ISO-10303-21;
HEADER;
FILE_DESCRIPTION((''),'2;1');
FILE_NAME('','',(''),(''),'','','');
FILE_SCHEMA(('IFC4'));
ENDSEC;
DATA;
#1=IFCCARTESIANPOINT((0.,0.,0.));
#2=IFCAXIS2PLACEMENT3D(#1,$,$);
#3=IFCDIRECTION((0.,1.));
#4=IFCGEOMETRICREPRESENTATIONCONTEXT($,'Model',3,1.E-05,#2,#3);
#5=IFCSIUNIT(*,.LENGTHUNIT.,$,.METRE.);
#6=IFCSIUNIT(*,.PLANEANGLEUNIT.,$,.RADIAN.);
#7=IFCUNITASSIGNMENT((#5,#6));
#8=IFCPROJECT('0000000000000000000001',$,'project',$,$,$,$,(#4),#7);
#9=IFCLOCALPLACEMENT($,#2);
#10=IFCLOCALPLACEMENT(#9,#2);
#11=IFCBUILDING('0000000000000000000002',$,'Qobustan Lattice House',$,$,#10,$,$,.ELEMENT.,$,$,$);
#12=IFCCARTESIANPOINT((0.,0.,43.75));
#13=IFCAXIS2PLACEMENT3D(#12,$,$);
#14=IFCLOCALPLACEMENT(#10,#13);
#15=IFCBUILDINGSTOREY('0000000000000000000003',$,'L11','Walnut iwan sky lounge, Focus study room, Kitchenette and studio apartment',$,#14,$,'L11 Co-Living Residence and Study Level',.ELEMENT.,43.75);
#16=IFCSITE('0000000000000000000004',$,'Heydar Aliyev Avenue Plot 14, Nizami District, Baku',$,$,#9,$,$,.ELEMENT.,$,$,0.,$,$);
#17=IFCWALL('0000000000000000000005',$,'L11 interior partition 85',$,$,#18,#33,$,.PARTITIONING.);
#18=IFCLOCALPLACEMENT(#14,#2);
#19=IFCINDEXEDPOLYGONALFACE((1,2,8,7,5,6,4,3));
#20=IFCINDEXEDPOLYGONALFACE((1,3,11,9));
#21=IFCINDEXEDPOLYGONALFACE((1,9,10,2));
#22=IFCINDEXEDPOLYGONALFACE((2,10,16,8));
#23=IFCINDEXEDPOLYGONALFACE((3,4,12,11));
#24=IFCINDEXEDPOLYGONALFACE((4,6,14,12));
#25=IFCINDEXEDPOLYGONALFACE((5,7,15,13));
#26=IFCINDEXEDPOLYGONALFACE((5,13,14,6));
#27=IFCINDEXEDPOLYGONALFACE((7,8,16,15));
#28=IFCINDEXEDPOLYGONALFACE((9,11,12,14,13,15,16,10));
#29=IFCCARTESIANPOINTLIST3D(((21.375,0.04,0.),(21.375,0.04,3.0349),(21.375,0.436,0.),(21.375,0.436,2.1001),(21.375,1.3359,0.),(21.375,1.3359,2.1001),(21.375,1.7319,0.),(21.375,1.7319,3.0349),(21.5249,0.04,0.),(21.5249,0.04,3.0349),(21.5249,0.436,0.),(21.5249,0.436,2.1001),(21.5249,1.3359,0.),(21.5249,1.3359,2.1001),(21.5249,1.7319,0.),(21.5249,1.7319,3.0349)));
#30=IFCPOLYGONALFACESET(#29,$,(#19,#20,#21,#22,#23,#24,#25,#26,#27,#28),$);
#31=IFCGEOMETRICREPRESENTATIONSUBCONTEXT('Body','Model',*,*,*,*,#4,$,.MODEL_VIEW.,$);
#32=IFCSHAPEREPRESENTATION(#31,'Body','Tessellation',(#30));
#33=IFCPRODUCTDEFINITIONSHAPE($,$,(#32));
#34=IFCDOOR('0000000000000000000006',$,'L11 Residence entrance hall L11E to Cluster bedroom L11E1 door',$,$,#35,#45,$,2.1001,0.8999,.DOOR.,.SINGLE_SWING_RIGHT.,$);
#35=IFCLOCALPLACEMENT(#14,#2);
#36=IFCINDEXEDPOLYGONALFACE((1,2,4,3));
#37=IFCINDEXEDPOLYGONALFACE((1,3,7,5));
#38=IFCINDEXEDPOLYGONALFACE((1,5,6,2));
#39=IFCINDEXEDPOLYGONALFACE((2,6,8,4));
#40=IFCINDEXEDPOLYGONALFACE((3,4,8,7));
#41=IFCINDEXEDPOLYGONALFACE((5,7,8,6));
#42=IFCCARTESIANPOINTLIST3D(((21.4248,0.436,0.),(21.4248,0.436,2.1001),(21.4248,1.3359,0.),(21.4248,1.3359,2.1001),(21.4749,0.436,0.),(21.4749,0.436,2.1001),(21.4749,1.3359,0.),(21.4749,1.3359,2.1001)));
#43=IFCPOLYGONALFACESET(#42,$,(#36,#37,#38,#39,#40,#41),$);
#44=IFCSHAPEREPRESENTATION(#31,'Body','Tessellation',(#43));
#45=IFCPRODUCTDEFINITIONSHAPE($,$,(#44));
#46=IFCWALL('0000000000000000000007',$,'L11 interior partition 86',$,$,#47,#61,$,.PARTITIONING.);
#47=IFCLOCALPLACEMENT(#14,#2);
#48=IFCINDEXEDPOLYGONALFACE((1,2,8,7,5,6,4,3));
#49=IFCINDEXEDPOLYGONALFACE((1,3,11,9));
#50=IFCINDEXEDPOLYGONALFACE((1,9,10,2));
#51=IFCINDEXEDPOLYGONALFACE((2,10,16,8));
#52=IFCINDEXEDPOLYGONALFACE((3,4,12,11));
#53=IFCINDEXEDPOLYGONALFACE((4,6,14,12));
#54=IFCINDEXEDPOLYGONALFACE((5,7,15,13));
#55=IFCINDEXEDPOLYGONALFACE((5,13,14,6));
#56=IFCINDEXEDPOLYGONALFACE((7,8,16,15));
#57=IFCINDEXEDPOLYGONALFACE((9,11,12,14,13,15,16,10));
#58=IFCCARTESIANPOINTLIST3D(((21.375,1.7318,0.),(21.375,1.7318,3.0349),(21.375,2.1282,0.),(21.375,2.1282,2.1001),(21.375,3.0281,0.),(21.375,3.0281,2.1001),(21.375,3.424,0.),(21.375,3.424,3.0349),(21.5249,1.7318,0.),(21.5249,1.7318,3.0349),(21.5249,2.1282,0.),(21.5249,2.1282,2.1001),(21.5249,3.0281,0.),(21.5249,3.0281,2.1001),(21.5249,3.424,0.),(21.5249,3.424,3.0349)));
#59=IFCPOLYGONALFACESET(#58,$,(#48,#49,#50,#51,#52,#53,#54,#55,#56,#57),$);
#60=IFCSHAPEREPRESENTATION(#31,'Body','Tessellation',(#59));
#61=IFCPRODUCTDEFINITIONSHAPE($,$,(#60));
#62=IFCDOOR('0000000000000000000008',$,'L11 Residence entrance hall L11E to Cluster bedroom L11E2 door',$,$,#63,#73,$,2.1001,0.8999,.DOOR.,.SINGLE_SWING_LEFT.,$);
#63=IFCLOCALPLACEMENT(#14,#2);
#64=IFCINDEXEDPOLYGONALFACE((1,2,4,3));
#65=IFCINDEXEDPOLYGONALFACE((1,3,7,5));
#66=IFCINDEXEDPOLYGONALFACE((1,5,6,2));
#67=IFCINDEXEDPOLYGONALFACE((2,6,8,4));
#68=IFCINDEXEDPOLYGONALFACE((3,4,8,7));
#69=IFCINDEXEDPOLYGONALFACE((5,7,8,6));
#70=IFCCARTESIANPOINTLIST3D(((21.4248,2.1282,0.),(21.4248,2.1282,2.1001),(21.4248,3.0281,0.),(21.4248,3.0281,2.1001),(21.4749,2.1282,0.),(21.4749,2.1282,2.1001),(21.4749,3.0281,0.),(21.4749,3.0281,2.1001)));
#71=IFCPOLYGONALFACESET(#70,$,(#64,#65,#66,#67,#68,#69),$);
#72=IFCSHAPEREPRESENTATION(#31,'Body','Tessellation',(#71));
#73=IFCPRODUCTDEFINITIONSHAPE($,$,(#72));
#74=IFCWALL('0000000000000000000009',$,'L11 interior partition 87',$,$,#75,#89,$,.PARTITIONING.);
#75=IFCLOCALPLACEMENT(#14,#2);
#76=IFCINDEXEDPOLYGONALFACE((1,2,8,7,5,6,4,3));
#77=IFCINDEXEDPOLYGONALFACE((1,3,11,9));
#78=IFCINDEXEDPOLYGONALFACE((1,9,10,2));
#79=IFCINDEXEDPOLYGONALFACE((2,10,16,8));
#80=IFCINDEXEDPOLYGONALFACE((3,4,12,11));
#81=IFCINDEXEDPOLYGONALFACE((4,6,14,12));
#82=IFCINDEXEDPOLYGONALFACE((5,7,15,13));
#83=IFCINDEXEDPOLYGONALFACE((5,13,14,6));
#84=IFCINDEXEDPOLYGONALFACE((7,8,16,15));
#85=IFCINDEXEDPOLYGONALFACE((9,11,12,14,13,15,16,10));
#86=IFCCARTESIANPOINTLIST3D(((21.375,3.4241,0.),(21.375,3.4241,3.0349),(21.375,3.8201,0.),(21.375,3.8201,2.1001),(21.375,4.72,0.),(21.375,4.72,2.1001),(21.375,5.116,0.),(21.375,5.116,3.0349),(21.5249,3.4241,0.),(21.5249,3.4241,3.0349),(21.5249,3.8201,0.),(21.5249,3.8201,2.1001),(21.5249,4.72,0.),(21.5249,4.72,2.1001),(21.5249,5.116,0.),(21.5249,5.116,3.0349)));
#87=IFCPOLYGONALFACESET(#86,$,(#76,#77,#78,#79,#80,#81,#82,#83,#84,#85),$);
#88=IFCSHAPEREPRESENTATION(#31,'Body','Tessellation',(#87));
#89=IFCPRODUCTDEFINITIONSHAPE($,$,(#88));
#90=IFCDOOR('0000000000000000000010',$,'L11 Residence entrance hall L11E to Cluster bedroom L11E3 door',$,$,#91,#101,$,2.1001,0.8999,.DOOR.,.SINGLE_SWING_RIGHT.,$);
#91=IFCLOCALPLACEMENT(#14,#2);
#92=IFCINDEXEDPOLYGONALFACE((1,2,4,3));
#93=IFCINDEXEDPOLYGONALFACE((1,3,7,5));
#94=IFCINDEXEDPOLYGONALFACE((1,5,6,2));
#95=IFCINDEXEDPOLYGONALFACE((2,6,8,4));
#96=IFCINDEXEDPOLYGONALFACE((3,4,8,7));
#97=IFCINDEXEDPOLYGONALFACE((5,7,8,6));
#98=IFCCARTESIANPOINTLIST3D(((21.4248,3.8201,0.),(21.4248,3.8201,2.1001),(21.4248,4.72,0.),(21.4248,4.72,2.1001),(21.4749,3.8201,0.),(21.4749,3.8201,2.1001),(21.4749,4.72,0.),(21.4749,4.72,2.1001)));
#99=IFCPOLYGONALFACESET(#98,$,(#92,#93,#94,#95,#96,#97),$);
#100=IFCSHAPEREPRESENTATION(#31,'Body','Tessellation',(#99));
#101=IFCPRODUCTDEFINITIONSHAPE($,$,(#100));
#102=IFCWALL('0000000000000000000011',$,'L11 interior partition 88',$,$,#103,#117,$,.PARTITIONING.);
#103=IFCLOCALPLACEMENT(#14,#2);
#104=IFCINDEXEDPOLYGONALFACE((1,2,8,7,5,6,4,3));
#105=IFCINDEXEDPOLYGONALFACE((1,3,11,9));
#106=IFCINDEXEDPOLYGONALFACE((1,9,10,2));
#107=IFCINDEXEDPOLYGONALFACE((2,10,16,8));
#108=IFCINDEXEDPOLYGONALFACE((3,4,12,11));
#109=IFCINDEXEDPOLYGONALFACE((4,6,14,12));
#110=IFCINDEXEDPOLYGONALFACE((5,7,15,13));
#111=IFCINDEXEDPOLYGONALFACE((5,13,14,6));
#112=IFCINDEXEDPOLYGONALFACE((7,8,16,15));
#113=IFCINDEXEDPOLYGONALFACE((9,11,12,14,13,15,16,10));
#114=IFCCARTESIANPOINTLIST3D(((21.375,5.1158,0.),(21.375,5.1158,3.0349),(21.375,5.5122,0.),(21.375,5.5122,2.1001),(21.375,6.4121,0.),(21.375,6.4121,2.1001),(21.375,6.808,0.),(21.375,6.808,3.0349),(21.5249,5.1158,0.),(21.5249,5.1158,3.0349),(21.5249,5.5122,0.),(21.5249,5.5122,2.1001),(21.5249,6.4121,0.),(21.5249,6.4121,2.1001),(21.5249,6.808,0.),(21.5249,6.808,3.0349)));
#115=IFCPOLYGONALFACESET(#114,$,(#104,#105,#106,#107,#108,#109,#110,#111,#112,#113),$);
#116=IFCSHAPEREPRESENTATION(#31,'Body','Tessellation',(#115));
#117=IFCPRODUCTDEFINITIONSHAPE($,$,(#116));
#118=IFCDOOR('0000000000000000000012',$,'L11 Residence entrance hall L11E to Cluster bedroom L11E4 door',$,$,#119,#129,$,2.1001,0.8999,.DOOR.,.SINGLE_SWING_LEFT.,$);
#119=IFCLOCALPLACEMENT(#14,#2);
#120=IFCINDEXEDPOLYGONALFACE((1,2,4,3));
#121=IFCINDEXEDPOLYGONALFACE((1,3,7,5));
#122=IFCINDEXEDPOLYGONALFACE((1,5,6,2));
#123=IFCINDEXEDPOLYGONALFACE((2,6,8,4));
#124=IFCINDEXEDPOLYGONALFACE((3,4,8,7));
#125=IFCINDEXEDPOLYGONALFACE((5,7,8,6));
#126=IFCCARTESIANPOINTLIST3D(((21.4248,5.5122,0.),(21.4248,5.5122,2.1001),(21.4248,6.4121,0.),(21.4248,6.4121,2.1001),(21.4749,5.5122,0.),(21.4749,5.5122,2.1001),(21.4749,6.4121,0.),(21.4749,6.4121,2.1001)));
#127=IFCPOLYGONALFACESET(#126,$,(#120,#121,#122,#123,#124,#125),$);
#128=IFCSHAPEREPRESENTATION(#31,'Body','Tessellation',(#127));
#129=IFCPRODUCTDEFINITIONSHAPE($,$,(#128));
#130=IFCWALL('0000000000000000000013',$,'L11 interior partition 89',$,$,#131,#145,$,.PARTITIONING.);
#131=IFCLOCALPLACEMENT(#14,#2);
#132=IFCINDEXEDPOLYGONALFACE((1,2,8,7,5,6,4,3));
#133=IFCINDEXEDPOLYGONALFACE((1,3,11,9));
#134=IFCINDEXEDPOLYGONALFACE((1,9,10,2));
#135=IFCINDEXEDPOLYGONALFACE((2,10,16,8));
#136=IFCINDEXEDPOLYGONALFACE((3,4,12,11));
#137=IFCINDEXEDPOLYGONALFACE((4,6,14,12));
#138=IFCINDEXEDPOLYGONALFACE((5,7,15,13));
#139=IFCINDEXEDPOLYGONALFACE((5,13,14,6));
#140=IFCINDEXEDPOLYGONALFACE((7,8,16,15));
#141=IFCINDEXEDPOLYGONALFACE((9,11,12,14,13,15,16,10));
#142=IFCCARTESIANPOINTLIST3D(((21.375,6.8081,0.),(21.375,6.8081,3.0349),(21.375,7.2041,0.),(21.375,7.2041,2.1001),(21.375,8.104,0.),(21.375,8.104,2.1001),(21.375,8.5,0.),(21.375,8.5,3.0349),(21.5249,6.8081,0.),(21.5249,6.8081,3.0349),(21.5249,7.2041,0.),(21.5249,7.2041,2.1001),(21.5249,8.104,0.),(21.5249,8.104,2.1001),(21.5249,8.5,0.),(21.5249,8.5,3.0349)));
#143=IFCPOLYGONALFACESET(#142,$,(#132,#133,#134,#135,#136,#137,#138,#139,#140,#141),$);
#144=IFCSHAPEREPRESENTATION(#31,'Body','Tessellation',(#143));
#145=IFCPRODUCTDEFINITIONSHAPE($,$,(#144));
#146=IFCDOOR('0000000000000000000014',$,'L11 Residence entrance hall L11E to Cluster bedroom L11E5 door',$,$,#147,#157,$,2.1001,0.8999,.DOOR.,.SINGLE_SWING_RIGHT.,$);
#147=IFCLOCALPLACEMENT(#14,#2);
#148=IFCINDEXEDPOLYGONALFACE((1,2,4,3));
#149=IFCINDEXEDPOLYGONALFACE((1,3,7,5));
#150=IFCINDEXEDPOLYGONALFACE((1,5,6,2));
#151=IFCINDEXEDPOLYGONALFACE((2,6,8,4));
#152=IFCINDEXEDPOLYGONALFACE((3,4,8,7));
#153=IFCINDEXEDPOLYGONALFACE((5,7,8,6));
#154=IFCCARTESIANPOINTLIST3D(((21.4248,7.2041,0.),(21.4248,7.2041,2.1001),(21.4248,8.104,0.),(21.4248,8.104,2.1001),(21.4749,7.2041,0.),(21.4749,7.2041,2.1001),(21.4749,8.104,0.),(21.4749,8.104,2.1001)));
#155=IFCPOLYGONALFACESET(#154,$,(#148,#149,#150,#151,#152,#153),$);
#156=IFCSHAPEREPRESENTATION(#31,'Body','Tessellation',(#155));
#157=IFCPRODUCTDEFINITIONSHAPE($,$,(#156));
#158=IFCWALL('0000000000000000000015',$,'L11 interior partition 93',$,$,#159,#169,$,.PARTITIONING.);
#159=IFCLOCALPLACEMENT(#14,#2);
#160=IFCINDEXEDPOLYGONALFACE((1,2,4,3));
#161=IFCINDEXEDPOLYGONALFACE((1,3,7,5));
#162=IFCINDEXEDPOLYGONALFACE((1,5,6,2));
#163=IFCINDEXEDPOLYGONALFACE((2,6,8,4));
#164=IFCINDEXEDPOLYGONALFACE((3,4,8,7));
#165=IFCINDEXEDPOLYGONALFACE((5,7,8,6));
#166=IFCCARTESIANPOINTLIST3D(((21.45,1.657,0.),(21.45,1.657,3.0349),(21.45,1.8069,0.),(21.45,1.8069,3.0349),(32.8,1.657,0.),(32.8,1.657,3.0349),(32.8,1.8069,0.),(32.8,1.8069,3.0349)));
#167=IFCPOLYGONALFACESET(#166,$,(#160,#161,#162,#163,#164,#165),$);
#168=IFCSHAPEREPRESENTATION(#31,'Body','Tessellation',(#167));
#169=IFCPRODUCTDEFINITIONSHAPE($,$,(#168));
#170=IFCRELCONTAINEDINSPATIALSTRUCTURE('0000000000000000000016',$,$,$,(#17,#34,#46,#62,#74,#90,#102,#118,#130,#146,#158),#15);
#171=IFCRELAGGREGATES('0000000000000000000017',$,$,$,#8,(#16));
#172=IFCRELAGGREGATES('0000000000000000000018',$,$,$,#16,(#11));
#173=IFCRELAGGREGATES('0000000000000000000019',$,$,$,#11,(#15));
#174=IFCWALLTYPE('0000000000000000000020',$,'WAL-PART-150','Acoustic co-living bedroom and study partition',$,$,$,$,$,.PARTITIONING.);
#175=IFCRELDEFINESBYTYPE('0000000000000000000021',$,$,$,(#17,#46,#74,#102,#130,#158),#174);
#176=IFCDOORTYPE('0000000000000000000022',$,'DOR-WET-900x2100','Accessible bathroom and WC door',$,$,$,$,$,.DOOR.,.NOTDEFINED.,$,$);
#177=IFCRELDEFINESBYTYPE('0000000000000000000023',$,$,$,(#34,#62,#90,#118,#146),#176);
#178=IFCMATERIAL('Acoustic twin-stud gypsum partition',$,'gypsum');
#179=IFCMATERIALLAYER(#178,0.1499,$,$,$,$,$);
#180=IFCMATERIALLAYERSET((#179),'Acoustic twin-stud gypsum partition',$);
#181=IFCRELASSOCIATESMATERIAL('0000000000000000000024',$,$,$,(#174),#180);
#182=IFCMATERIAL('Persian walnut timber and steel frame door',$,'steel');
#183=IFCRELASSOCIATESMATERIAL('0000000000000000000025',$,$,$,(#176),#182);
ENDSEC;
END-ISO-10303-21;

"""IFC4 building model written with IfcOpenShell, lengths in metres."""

from ifc_helpers import new_model, si_unit, direction, frame, frame_2d, origin, place, context, subcontext, project, spatial, rectangle, extrude, material, layer, layer_set, type_object, element, fill, save


model = new_model("IFC4")

# Units and contexts
model_context = context("Model", 3, precision=1e-05, world=origin(), true_north=direction((0.0, 1.0)))
body_context = subcontext(model_context, "Body", "Model", "MODEL_VIEW")
ifc_project = project(units=[si_unit("LENGTHUNIT", "METRE"), si_unit("PLANEANGLEUNIT", "RADIAN")], contexts=[model_context])

# Site, building, storey
site_placement = place(None, origin())
site = spatial("IfcSite", under=ifc_project, at=site_placement, Name="Heydar Aliyev Avenue Plot 14, Nizami District, Baku", CompositionType="ELEMENT", RefElevation=0.0)
building_placement = place(site_placement, origin())
building = spatial("IfcBuilding", under=site, at=building_placement, Name="Qobustan Lattice House", CompositionType="ELEMENT")
storey_placement = place(building_placement, frame((0.0, 0.0, 43.75)))
storey = spatial("IfcBuildingStorey", under=building, at=storey_placement, Name="L11", Description="Walnut iwan sky lounge, Focus study room, Kitchenette and studio apartment", LongName="L11 Co-Living Residence and Study Level", CompositionType="ELEMENT", Elevation=43.75)

# Shared definitions
ifc_material_1 = material(Name="Acoustic twin-stud gypsum partition", Category="gypsum")
ifc_layer_1 = layer(ifc_material_1, 0.1499)
ifc_layer_set_1 = layer_set([ifc_layer_1], Name="Acoustic twin-stud gypsum partition")
wall_type_1 = type_object("IfcWallType", Name="WAL-PART-150", Description="Acoustic co-living bedroom and study partition", PredefinedType="PARTITIONING", material=ifc_layer_set_1)

# Walls, openings, doors
wall_1_placement = place(storey_placement, frame((21.45, 1.7319, 0.0), z_axis=(0.0, 0.0, 1.0), x_axis=(0.0, -1.0, 0.0)))
wall_1 = element("IfcWall", 1, at=wall_1_placement, inside=storey, type_object=wall_type_1, Name="L11 interior partition 85", PredefinedType="PARTITIONING", context=body_context, shape_type="SweptSolid", body=[
    extrude(rectangle(XDim=1.6919, YDim=0.1499, at=frame_2d((0.8459, 0.0))), origin(), (0.0, 0.0, 1.0), 3.0349),
])
opening_1_placement = place(wall_1_placement, frame((0.396, 0.0, 0.0)))
opening_1 = element("IfcOpeningElement", 2, at=opening_1_placement, cuts=wall_1, PredefinedType="OPENING", context=body_context, shape_type="SweptSolid", body=[
    extrude(rectangle(XDim=0.8999, YDim=2.1001, at=frame_2d((0.45, 1.05))), frame((0.0, 0.085, 0.0), z_axis=(0.0, -1.0, 0.0), x_axis=(1.0, 0.0, 0.0)), (0.0, 0.0, 1.0), 0.1699),
])
ifc_material_2 = material(Name="Persian walnut timber and steel frame door", Category="steel")
door_type_1 = type_object("IfcDoorType", Name="DOR-WET-900x2100", Description="Accessible bathroom and WC door", OperationType="NOTDEFINED", PredefinedType="DOOR", material=ifc_material_2)
door_1_placement = place(opening_1_placement, origin())
door_1 = element("IfcDoor", 3, at=door_1_placement, inside=storey, type_object=door_type_1, Name="L11 Residence entrance hall L11E to Cluster bedroom L11E1 door", OperationType="SINGLE_SWING_RIGHT", OverallHeight=2.1001, OverallWidth=0.8999, PredefinedType="DOOR", context=body_context, shape_type="SweptSolid", body=[
    extrude(rectangle(XDim=0.8999, YDim=2.1001, at=frame_2d((0.45, 1.05))), frame((0.0, 0.0249, 0.0), z_axis=(0.0, -1.0, 0.0), x_axis=(1.0, 0.0, 0.0)), (0.0, 0.0, 1.0), 0.05),
])
fill(opening_1, door_1)
wall_2_placement = place(storey_placement, frame((21.45, 3.4241, 0.0), z_axis=(0.0, 0.0, 1.0), x_axis=(0.0, -1.0, 0.0)))
wall_2 = element("IfcWall", 4, at=wall_2_placement, inside=storey, type_object=wall_type_1, Name="L11 interior partition 86", PredefinedType="PARTITIONING", context=body_context, shape_type="SweptSolid", body=[
    extrude(rectangle(XDim=1.6921, YDim=0.1499, at=frame_2d((0.8462, 0.0))), origin(), (0.0, 0.0, 1.0), 3.0349),
])
opening_2_placement = place(wall_2_placement, frame((0.396, 0.0, 0.0)))
opening_2 = element("IfcOpeningElement", 5, at=opening_2_placement, cuts=wall_2, PredefinedType="OPENING", context=body_context, shape_type="SweptSolid", body=[
    extrude(rectangle(XDim=0.8999, YDim=2.1001, at=frame_2d((0.45, 1.05))), frame((0.0, 0.085, 0.0), z_axis=(0.0, -1.0, 0.0), x_axis=(1.0, 0.0, 0.0)), (0.0, 0.0, 1.0), 0.1699),
])
door_2_placement = place(opening_2_placement, origin())
door_2 = element("IfcDoor", 6, at=door_2_placement, inside=storey, type_object=door_type_1, Name="L11 Residence entrance hall L11E to Cluster bedroom L11E2 door", OperationType="SINGLE_SWING_LEFT", OverallHeight=2.1001, OverallWidth=0.8999, PredefinedType="DOOR", context=body_context, shape_type="SweptSolid", body=[
    extrude(rectangle(XDim=0.8999, YDim=2.1001, at=frame_2d((0.45, 1.05))), frame((0.0, 0.0249, 0.0), z_axis=(0.0, -1.0, 0.0), x_axis=(1.0, 0.0, 0.0)), (0.0, 0.0, 1.0), 0.05),
])
fill(opening_2, door_2)
wall_3_placement = place(storey_placement, frame((21.45, 5.116, 0.0), z_axis=(0.0, 0.0, 1.0), x_axis=(0.0, -1.0, 0.0)))
wall_3 = element("IfcWall", 7, at=wall_3_placement, inside=storey, type_object=wall_type_1, Name="L11 interior partition 87", PredefinedType="PARTITIONING", context=body_context, shape_type="SweptSolid", body=[
    extrude(rectangle(XDim=1.6919, YDim=0.1499, at=frame_2d((0.8459, 0.0))), origin(), (0.0, 0.0, 1.0), 3.0349),
])
opening_3_placement = place(wall_3_placement, frame((0.396, 0.0, 0.0)))
opening_3 = element("IfcOpeningElement", 8, at=opening_3_placement, cuts=wall_3, PredefinedType="OPENING", context=body_context, shape_type="SweptSolid", body=[
    extrude(rectangle(XDim=0.8999, YDim=2.1001, at=frame_2d((0.45, 1.05))), frame((0.0, 0.085, 0.0), z_axis=(0.0, -1.0, 0.0), x_axis=(1.0, 0.0, 0.0)), (0.0, 0.0, 1.0), 0.1699),
])
door_3_placement = place(opening_3_placement, origin())
door_3 = element("IfcDoor", 9, at=door_3_placement, inside=storey, type_object=door_type_1, Name="L11 Residence entrance hall L11E to Cluster bedroom L11E3 door", OperationType="SINGLE_SWING_RIGHT", OverallHeight=2.1001, OverallWidth=0.8999, PredefinedType="DOOR", context=body_context, shape_type="SweptSolid", body=[
    extrude(rectangle(XDim=0.8999, YDim=2.1001, at=frame_2d((0.45, 1.05))), frame((0.0, 0.0249, 0.0), z_axis=(0.0, -1.0, 0.0), x_axis=(1.0, 0.0, 0.0)), (0.0, 0.0, 1.0), 0.05),
])
fill(opening_3, door_3)
wall_4_placement = place(storey_placement, frame((21.45, 6.8081, 0.0), z_axis=(0.0, 0.0, 1.0), x_axis=(0.0, -1.0, 0.0)))
wall_4 = element("IfcWall", 10, at=wall_4_placement, inside=storey, type_object=wall_type_1, Name="L11 interior partition 88", PredefinedType="PARTITIONING", context=body_context, shape_type="SweptSolid", body=[
    extrude(rectangle(XDim=1.6921, YDim=0.1499, at=frame_2d((0.8462, 0.0))), origin(), (0.0, 0.0, 1.0), 3.0349),
])
opening_4_placement = place(wall_4_placement, frame((0.396, 0.0, 0.0)))
opening_4 = element("IfcOpeningElement", 11, at=opening_4_placement, cuts=wall_4, PredefinedType="OPENING", context=body_context, shape_type="SweptSolid", body=[
    extrude(rectangle(XDim=0.8999, YDim=2.1001, at=frame_2d((0.45, 1.05))), frame((0.0, 0.085, 0.0), z_axis=(0.0, -1.0, 0.0), x_axis=(1.0, 0.0, 0.0)), (0.0, 0.0, 1.0), 0.1699),
])
door_4_placement = place(opening_4_placement, origin())
door_4 = element("IfcDoor", 12, at=door_4_placement, inside=storey, type_object=door_type_1, Name="L11 Residence entrance hall L11E to Cluster bedroom L11E4 door", OperationType="SINGLE_SWING_LEFT", OverallHeight=2.1001, OverallWidth=0.8999, PredefinedType="DOOR", context=body_context, shape_type="SweptSolid", body=[
    extrude(rectangle(XDim=0.8999, YDim=2.1001, at=frame_2d((0.45, 1.05))), frame((0.0, 0.0249, 0.0), z_axis=(0.0, -1.0, 0.0), x_axis=(1.0, 0.0, 0.0)), (0.0, 0.0, 1.0), 0.05),
])
fill(opening_4, door_4)
wall_5_placement = place(storey_placement, frame((21.45, 8.5, 0.0), z_axis=(0.0, 0.0, 1.0), x_axis=(0.0, -1.0, 0.0)))
wall_5 = element("IfcWall", 13, at=wall_5_placement, inside=storey, type_object=wall_type_1, Name="L11 interior partition 89", PredefinedType="PARTITIONING", context=body_context, shape_type="SweptSolid", body=[
    extrude(rectangle(XDim=1.6919, YDim=0.1499, at=frame_2d((0.8459, 0.0))), origin(), (0.0, 0.0, 1.0), 3.0349),
])
opening_5_placement = place(wall_5_placement, frame((0.396, 0.0, 0.0)))
opening_5 = element("IfcOpeningElement", 14, at=opening_5_placement, cuts=wall_5, PredefinedType="OPENING", context=body_context, shape_type="SweptSolid", body=[
    extrude(rectangle(XDim=0.8999, YDim=2.1001, at=frame_2d((0.45, 1.05))), frame((0.0, 0.085, 0.0), z_axis=(0.0, -1.0, 0.0), x_axis=(1.0, 0.0, 0.0)), (0.0, 0.0, 1.0), 0.1699),
])
door_5_placement = place(opening_5_placement, origin())
door_5 = element("IfcDoor", 15, at=door_5_placement, inside=storey, type_object=door_type_1, Name="L11 Residence entrance hall L11E to Cluster bedroom L11E5 door", OperationType="SINGLE_SWING_RIGHT", OverallHeight=2.1001, OverallWidth=0.8999, PredefinedType="DOOR", context=body_context, shape_type="SweptSolid", body=[
    extrude(rectangle(XDim=0.8999, YDim=2.1001, at=frame_2d((0.45, 1.05))), frame((0.0, 0.0249, 0.0), z_axis=(0.0, -1.0, 0.0), x_axis=(1.0, 0.0, 0.0)), (0.0, 0.0, 1.0), 0.05),
])
fill(opening_5, door_5)

# Wall
wall_6_placement = place(storey_placement, frame((21.45, 1.7319, 0.0), z_axis=(0.0, 0.0, 1.0), x_axis=(1.0, 0.0, 0.0)))
element("IfcWall", 16, at=wall_6_placement, inside=storey, type_object=wall_type_1, Name="L11 interior partition 93", PredefinedType="PARTITIONING", context=body_context, shape_type="SweptSolid", body=[
    extrude(rectangle(XDim=11.3501, YDim=0.1499, at=frame_2d((5.675, 0.0))), origin(), (0.0, 0.0, 1.0), 3.0349),
])

save(model, "model.ifc")
